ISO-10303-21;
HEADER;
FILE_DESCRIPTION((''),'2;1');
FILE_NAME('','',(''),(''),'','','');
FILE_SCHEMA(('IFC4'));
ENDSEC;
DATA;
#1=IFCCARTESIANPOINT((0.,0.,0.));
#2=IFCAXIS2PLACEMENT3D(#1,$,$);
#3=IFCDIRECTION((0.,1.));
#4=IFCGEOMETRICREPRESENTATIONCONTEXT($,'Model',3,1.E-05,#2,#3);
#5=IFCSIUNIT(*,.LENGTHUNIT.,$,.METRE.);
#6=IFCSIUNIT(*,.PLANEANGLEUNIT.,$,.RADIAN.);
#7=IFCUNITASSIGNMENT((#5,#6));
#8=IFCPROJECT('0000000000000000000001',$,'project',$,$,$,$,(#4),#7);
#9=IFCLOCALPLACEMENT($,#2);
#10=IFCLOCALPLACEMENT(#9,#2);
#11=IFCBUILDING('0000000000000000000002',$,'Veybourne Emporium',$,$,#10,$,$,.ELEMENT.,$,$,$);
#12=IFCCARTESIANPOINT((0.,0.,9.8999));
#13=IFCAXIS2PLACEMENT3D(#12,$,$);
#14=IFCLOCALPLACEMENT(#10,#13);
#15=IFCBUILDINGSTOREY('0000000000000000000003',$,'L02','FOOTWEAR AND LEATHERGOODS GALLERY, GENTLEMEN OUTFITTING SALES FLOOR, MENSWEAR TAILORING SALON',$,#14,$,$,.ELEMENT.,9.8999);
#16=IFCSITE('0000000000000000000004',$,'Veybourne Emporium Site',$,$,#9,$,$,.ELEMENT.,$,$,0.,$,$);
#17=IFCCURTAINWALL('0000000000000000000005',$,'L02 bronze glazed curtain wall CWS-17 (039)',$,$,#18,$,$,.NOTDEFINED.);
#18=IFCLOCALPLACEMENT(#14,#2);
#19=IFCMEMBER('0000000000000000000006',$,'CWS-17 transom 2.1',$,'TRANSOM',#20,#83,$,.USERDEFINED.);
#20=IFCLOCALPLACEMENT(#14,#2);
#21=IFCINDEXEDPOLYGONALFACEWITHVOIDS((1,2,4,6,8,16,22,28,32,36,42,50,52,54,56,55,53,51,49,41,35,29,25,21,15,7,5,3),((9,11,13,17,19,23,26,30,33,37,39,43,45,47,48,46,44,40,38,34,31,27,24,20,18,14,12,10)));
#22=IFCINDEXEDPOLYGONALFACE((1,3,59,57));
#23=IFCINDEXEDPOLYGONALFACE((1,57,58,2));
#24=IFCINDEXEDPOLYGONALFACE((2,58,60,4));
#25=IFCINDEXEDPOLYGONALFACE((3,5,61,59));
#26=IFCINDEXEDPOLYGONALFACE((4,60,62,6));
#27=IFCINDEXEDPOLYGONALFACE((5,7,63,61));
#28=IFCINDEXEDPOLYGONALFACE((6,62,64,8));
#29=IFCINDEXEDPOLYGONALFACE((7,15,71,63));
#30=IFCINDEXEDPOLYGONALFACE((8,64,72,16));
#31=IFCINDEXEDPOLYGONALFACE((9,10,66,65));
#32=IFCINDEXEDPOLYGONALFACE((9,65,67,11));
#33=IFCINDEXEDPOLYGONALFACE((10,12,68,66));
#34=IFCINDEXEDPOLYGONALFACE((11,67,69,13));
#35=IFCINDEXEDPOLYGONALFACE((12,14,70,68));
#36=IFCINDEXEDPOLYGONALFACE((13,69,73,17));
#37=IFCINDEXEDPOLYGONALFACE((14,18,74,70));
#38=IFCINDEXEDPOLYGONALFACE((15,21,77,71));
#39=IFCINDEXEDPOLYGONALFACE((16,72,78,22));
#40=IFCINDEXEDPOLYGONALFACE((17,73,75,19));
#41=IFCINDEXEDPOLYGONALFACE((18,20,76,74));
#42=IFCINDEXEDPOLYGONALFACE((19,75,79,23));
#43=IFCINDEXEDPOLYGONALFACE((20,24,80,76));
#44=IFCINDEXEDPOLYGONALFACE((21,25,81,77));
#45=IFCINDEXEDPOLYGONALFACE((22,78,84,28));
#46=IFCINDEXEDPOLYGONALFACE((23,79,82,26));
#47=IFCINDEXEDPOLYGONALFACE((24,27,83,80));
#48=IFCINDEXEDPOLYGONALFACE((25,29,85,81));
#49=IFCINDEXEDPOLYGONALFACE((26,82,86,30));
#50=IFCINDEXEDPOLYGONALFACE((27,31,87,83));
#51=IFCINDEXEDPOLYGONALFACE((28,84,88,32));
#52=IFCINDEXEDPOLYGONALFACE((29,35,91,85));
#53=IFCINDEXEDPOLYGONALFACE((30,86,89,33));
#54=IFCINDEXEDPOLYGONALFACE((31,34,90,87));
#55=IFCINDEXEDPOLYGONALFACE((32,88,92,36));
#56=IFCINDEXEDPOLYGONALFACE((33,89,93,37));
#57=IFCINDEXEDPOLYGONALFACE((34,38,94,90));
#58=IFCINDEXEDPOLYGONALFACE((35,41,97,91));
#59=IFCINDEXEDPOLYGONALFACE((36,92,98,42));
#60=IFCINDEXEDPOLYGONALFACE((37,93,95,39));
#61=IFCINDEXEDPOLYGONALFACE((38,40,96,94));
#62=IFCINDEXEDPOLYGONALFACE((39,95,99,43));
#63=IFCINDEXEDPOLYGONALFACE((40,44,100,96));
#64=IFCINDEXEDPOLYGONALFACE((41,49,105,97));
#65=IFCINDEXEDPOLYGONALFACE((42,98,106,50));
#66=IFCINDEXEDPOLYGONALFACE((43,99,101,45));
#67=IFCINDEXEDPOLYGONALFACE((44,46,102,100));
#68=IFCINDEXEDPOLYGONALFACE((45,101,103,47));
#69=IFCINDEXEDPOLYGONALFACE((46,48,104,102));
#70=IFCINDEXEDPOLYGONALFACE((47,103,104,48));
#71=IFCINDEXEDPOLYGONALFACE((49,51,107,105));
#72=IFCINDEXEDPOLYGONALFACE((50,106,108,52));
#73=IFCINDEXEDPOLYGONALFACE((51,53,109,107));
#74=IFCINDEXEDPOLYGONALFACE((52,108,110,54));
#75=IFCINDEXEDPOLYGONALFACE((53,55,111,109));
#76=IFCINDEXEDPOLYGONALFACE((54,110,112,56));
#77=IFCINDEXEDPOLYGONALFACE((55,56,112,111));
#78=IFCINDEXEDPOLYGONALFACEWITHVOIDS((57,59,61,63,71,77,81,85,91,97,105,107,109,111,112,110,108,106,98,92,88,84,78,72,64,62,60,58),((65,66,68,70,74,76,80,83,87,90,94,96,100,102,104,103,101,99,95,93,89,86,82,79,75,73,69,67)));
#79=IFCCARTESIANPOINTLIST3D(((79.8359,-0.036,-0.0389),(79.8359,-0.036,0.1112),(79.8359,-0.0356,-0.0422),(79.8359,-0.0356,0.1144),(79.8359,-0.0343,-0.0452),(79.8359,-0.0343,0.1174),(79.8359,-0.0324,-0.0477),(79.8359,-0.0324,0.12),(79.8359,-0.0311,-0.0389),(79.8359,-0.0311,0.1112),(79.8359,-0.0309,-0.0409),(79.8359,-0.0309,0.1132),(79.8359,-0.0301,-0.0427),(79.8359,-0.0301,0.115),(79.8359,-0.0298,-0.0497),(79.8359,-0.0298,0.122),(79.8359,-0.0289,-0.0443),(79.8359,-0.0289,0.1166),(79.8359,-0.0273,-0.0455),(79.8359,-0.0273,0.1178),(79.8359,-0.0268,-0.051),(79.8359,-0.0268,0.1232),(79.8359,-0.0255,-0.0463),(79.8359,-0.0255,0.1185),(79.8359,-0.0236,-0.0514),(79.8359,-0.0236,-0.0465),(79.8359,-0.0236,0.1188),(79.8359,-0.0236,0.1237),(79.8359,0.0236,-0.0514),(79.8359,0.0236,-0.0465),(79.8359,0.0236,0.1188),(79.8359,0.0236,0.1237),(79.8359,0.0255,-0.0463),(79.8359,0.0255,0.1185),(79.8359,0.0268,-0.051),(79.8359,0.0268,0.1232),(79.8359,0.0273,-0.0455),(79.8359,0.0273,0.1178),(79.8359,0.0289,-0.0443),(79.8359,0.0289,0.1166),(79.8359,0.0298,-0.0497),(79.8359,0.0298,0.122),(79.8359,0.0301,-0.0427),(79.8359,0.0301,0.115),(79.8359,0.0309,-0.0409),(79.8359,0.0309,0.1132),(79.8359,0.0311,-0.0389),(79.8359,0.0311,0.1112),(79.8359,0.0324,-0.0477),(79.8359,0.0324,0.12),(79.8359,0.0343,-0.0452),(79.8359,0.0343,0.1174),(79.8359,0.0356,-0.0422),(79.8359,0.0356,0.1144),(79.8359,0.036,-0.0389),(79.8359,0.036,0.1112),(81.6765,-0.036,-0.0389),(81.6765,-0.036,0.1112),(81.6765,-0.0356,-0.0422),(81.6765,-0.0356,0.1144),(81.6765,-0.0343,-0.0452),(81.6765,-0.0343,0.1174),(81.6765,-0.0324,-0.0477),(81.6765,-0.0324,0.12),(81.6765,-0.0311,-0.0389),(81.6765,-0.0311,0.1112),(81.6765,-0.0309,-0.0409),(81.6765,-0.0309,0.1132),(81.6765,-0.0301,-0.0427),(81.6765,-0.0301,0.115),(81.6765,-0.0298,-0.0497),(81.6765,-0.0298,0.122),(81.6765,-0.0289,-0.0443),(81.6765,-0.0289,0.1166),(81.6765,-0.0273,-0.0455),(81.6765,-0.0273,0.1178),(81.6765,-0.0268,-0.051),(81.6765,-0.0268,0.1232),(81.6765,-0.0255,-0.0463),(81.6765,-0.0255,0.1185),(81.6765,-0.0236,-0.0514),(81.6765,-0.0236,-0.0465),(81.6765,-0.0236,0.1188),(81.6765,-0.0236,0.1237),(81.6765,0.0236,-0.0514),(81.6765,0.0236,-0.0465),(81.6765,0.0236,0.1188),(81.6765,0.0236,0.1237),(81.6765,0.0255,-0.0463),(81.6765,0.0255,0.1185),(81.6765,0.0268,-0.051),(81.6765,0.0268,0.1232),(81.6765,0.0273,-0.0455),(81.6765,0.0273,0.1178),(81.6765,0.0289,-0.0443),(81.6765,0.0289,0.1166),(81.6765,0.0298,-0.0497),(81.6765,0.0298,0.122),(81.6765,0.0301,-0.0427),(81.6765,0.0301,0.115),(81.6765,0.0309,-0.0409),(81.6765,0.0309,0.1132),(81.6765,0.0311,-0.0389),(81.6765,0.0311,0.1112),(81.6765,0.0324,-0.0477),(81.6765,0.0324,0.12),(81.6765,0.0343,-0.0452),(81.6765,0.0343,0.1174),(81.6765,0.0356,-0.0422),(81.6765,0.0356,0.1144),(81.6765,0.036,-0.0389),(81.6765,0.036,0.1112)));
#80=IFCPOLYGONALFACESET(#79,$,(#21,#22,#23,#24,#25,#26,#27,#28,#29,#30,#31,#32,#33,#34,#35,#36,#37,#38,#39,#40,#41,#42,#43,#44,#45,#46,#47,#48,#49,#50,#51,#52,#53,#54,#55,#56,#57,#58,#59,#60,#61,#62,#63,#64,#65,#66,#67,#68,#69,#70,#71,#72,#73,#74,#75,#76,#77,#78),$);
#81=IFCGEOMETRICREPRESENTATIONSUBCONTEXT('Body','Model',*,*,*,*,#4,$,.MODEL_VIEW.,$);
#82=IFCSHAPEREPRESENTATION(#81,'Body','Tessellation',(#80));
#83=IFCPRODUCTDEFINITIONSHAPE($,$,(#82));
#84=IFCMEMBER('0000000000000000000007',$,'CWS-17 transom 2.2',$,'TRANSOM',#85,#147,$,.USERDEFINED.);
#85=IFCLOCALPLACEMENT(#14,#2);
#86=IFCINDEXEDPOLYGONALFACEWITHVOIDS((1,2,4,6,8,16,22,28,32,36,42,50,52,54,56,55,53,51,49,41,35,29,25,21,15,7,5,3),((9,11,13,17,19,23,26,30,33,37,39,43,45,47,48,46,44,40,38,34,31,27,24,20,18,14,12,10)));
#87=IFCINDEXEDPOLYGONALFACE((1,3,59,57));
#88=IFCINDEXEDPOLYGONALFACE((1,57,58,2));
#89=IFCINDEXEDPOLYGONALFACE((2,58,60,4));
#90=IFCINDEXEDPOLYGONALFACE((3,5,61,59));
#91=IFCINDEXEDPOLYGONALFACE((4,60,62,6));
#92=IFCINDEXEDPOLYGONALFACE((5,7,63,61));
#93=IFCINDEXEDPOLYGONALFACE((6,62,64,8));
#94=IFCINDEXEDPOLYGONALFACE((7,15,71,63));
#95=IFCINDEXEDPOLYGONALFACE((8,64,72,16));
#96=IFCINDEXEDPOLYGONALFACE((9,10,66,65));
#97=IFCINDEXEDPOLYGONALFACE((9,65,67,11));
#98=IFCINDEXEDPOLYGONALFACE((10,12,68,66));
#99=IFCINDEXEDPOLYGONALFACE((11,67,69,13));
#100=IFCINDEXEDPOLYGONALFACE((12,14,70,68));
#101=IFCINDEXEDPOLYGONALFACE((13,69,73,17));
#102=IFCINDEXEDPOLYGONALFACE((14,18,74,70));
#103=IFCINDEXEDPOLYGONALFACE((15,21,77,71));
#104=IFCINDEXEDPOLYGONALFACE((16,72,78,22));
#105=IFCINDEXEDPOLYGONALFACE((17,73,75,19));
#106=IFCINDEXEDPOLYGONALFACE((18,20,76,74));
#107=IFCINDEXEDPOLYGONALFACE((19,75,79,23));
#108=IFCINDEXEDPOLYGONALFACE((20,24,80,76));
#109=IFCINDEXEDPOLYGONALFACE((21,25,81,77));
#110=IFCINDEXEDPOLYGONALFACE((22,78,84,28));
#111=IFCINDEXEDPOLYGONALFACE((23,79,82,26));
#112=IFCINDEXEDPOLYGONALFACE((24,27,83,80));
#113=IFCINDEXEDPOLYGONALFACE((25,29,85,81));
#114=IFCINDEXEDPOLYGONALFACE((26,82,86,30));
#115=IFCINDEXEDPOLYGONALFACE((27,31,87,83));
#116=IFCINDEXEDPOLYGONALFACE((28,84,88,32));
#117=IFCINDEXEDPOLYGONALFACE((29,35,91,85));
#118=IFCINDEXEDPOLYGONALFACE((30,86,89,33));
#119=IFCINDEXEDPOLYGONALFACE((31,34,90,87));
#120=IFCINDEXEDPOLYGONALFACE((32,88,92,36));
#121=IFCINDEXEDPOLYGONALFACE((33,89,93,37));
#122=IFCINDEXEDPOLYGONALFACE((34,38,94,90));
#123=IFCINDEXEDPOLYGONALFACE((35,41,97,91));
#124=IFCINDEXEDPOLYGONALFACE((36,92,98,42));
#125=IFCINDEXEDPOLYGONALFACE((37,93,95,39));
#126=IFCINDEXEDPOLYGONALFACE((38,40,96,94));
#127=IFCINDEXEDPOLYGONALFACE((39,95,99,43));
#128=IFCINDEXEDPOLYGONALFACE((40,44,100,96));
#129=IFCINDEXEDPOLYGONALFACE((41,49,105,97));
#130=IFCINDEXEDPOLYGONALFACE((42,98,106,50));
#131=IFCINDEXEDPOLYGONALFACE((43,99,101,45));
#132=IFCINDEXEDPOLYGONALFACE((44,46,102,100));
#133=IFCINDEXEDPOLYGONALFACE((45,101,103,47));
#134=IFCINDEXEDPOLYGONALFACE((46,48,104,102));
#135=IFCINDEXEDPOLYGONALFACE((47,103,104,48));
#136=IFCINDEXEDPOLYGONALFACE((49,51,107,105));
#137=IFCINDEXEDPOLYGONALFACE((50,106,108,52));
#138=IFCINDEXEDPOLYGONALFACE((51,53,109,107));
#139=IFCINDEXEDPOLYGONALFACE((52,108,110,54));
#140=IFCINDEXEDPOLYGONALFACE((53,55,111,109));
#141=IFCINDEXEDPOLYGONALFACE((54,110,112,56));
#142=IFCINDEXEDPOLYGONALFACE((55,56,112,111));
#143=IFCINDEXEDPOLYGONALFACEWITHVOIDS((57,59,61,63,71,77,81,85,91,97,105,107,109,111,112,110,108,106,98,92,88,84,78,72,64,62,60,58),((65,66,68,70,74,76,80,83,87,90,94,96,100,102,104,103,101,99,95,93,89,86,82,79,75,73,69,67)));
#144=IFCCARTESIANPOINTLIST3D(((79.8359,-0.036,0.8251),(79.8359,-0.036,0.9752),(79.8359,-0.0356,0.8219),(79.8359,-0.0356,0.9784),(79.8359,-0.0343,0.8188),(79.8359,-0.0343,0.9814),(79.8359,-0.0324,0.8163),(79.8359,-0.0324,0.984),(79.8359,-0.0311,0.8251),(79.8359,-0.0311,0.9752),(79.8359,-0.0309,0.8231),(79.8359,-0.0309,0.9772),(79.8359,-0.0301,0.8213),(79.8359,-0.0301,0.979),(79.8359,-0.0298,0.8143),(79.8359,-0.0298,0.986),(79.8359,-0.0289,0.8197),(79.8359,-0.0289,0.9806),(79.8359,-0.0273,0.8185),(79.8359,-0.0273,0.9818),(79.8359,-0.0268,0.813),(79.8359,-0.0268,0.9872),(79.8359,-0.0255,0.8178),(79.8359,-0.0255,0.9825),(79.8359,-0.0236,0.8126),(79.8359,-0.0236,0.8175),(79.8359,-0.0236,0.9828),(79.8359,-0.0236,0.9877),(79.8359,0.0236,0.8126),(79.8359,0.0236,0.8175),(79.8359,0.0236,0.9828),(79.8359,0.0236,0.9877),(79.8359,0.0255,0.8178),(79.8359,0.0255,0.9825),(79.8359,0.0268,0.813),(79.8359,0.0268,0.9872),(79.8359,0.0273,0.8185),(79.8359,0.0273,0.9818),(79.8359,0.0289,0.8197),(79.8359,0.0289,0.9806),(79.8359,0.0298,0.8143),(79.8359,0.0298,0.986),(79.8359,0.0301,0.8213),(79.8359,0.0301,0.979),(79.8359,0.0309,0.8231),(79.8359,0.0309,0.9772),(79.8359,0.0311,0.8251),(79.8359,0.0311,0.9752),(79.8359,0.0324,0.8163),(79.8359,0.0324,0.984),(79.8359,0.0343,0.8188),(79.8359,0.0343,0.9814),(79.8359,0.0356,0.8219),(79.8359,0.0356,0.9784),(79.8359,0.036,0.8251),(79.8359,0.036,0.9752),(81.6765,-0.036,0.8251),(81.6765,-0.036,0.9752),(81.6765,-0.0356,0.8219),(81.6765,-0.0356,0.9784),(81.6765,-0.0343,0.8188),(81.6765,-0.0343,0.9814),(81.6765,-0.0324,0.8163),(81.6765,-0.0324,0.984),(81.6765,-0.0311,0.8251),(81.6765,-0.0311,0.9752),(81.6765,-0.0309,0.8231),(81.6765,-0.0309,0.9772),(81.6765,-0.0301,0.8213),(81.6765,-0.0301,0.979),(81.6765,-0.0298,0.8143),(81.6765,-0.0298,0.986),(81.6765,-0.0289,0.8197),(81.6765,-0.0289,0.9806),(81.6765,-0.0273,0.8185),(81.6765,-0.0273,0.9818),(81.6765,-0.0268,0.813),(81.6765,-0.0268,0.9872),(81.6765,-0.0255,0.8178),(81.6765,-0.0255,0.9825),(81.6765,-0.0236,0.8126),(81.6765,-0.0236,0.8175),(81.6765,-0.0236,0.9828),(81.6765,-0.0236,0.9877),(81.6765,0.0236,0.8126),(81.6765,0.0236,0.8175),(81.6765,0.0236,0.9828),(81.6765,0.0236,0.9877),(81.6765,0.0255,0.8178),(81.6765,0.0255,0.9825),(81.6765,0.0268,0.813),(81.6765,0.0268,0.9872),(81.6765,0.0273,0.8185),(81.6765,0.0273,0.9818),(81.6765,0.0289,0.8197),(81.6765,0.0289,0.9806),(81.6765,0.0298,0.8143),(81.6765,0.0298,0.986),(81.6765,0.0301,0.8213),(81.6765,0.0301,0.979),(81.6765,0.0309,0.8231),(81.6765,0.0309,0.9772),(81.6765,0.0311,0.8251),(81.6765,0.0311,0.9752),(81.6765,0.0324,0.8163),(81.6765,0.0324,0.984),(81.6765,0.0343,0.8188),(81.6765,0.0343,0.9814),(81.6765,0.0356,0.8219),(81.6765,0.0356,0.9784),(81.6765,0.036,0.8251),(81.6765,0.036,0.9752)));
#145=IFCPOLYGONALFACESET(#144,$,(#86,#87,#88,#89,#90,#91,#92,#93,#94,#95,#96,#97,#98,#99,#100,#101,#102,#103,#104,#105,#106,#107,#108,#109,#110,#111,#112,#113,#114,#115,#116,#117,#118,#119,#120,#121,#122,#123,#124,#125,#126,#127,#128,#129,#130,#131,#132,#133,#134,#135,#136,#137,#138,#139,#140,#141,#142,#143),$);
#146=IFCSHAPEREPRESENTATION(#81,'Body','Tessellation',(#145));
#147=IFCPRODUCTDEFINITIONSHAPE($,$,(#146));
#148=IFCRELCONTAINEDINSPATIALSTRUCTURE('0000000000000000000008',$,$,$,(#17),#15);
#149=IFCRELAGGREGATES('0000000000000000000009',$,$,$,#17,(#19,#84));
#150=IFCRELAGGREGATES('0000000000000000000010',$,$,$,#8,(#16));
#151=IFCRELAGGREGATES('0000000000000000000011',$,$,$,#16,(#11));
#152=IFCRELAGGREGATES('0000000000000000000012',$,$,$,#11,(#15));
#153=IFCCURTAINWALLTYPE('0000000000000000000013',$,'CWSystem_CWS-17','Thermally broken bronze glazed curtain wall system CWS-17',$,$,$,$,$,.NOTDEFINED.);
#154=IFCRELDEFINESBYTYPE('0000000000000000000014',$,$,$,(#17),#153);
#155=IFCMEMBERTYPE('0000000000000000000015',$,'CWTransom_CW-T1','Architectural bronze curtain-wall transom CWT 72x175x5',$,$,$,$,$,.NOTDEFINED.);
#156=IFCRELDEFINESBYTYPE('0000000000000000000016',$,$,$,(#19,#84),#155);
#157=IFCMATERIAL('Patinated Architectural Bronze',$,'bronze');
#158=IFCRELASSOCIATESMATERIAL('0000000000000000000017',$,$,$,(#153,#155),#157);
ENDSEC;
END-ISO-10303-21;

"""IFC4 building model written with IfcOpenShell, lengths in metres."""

from ifc_helpers import new_model, si_unit, direction, frame, origin, origin_2d, place, context, subcontext, project, spatial, hollow_rectangle, extrude, material, material_profile, profile_set, type_object, element, aggregate, save


model = new_model("IFC4")

# Units and contexts
model_context = context("Model", 3, precision=1e-05, world=origin(), true_north=direction((0.0, 1.0)))
body_context = subcontext(model_context, "Body", "Model", "MODEL_VIEW")
ifc_project = project(units=[si_unit("LENGTHUNIT", "METRE"), si_unit("PLANEANGLEUNIT", "RADIAN")], contexts=[model_context])

# Site, building, storey
site_placement = place(None, origin())
site = spatial("IfcSite", under=ifc_project, at=site_placement, Name="Veybourne Emporium Site", CompositionType="ELEMENT", RefElevation=0.0)
building_placement = place(site_placement, origin())
building = spatial("IfcBuilding", under=site, at=building_placement, Name="Veybourne Emporium", CompositionType="ELEMENT")
storey_placement = place(building_placement, frame((0.0, 0.0, 9.8999)))
storey = spatial("IfcBuildingStorey", under=building, at=storey_placement, Name="L02", Description="FOOTWEAR AND LEATHERGOODS GALLERY, GENTLEMEN OUTFITTING SALES FLOOR, MENSWEAR TAILORING SALON", CompositionType="ELEMENT", Elevation=9.8999)

# Curtain wall
ifc_material_1 = material(Name="Patinated Architectural Bronze", Category="bronze")
curtain_wall_type_1 = type_object("IfcCurtainWallType", Name="CWSystem_CWS-17", Description="Thermally broken bronze glazed curtain wall system CWS-17", PredefinedType="NOTDEFINED", material=ifc_material_1)
curtain_wall_1_placement = place(storey_placement, origin())
curtain_wall_1 = element("IfcCurtainWall", 1, at=curtain_wall_1_placement, inside=storey, type_object=curtain_wall_type_1, Name="L02 bronze glazed curtain wall CWS-17 (039)", PredefinedType="NOTDEFINED")

# Members
ifc_material_profile_1 = material_profile(ifc_material_1, hollow_rectangle(XDim=0.072, YDim=0.175, WallThickness=0.0049, InnerFilletRadius=0.0076, OuterFilletRadius=0.0125, at=origin_2d()), Name="CWT 72x175x5")
ifc_profile_set_1 = profile_set([ifc_material_profile_1], Name="Patinated Architectural Bronze")
member_type_1 = type_object("IfcMemberType", Name="CWTransom_CW-T1", Description="Architectural bronze curtain-wall transom CWT 72x175x5", PredefinedType="NOTDEFINED", material=ifc_profile_set_1)
member_1_placement = place(storey_placement, frame((81.6765, 0.0, 0.0361), z_axis=(-1.0, 0.0, 0.0), x_axis=(0.0, -1.0, 0.0)))
member_1 = element("IfcMember", 2, at=member_1_placement, type_object=member_type_1, Name="CWS-17 transom 2.1", ObjectType="TRANSOM", PredefinedType="USERDEFINED", context=body_context, shape_type="SweptSolid", body=[
    extrude(hollow_rectangle(XDim=0.072, YDim=0.175, WallThickness=0.0049, InnerFilletRadius=0.0076, OuterFilletRadius=0.0125, at=origin_2d()), origin(), (0.0, 0.0, 1.0), 1.8406),
])
member_2_placement = place(storey_placement, frame((81.6765, 0.0, 0.9001), z_axis=(-1.0, 0.0, 0.0), x_axis=(0.0, -1.0, 0.0)))
member_2 = element("IfcMember", 3, at=member_2_placement, type_object=member_type_1, Name="CWS-17 transom 2.2", ObjectType="TRANSOM", PredefinedType="USERDEFINED", context=body_context, shape_type="SweptSolid", body=[
    extrude(hollow_rectangle(XDim=0.072, YDim=0.175, WallThickness=0.0049, InnerFilletRadius=0.0076, OuterFilletRadius=0.0125, at=origin_2d()), origin(), (0.0, 0.0, 1.0), 1.8406),
])

aggregate(curtain_wall_1, [member_1, member_2])

save(model, "model.ifc")
